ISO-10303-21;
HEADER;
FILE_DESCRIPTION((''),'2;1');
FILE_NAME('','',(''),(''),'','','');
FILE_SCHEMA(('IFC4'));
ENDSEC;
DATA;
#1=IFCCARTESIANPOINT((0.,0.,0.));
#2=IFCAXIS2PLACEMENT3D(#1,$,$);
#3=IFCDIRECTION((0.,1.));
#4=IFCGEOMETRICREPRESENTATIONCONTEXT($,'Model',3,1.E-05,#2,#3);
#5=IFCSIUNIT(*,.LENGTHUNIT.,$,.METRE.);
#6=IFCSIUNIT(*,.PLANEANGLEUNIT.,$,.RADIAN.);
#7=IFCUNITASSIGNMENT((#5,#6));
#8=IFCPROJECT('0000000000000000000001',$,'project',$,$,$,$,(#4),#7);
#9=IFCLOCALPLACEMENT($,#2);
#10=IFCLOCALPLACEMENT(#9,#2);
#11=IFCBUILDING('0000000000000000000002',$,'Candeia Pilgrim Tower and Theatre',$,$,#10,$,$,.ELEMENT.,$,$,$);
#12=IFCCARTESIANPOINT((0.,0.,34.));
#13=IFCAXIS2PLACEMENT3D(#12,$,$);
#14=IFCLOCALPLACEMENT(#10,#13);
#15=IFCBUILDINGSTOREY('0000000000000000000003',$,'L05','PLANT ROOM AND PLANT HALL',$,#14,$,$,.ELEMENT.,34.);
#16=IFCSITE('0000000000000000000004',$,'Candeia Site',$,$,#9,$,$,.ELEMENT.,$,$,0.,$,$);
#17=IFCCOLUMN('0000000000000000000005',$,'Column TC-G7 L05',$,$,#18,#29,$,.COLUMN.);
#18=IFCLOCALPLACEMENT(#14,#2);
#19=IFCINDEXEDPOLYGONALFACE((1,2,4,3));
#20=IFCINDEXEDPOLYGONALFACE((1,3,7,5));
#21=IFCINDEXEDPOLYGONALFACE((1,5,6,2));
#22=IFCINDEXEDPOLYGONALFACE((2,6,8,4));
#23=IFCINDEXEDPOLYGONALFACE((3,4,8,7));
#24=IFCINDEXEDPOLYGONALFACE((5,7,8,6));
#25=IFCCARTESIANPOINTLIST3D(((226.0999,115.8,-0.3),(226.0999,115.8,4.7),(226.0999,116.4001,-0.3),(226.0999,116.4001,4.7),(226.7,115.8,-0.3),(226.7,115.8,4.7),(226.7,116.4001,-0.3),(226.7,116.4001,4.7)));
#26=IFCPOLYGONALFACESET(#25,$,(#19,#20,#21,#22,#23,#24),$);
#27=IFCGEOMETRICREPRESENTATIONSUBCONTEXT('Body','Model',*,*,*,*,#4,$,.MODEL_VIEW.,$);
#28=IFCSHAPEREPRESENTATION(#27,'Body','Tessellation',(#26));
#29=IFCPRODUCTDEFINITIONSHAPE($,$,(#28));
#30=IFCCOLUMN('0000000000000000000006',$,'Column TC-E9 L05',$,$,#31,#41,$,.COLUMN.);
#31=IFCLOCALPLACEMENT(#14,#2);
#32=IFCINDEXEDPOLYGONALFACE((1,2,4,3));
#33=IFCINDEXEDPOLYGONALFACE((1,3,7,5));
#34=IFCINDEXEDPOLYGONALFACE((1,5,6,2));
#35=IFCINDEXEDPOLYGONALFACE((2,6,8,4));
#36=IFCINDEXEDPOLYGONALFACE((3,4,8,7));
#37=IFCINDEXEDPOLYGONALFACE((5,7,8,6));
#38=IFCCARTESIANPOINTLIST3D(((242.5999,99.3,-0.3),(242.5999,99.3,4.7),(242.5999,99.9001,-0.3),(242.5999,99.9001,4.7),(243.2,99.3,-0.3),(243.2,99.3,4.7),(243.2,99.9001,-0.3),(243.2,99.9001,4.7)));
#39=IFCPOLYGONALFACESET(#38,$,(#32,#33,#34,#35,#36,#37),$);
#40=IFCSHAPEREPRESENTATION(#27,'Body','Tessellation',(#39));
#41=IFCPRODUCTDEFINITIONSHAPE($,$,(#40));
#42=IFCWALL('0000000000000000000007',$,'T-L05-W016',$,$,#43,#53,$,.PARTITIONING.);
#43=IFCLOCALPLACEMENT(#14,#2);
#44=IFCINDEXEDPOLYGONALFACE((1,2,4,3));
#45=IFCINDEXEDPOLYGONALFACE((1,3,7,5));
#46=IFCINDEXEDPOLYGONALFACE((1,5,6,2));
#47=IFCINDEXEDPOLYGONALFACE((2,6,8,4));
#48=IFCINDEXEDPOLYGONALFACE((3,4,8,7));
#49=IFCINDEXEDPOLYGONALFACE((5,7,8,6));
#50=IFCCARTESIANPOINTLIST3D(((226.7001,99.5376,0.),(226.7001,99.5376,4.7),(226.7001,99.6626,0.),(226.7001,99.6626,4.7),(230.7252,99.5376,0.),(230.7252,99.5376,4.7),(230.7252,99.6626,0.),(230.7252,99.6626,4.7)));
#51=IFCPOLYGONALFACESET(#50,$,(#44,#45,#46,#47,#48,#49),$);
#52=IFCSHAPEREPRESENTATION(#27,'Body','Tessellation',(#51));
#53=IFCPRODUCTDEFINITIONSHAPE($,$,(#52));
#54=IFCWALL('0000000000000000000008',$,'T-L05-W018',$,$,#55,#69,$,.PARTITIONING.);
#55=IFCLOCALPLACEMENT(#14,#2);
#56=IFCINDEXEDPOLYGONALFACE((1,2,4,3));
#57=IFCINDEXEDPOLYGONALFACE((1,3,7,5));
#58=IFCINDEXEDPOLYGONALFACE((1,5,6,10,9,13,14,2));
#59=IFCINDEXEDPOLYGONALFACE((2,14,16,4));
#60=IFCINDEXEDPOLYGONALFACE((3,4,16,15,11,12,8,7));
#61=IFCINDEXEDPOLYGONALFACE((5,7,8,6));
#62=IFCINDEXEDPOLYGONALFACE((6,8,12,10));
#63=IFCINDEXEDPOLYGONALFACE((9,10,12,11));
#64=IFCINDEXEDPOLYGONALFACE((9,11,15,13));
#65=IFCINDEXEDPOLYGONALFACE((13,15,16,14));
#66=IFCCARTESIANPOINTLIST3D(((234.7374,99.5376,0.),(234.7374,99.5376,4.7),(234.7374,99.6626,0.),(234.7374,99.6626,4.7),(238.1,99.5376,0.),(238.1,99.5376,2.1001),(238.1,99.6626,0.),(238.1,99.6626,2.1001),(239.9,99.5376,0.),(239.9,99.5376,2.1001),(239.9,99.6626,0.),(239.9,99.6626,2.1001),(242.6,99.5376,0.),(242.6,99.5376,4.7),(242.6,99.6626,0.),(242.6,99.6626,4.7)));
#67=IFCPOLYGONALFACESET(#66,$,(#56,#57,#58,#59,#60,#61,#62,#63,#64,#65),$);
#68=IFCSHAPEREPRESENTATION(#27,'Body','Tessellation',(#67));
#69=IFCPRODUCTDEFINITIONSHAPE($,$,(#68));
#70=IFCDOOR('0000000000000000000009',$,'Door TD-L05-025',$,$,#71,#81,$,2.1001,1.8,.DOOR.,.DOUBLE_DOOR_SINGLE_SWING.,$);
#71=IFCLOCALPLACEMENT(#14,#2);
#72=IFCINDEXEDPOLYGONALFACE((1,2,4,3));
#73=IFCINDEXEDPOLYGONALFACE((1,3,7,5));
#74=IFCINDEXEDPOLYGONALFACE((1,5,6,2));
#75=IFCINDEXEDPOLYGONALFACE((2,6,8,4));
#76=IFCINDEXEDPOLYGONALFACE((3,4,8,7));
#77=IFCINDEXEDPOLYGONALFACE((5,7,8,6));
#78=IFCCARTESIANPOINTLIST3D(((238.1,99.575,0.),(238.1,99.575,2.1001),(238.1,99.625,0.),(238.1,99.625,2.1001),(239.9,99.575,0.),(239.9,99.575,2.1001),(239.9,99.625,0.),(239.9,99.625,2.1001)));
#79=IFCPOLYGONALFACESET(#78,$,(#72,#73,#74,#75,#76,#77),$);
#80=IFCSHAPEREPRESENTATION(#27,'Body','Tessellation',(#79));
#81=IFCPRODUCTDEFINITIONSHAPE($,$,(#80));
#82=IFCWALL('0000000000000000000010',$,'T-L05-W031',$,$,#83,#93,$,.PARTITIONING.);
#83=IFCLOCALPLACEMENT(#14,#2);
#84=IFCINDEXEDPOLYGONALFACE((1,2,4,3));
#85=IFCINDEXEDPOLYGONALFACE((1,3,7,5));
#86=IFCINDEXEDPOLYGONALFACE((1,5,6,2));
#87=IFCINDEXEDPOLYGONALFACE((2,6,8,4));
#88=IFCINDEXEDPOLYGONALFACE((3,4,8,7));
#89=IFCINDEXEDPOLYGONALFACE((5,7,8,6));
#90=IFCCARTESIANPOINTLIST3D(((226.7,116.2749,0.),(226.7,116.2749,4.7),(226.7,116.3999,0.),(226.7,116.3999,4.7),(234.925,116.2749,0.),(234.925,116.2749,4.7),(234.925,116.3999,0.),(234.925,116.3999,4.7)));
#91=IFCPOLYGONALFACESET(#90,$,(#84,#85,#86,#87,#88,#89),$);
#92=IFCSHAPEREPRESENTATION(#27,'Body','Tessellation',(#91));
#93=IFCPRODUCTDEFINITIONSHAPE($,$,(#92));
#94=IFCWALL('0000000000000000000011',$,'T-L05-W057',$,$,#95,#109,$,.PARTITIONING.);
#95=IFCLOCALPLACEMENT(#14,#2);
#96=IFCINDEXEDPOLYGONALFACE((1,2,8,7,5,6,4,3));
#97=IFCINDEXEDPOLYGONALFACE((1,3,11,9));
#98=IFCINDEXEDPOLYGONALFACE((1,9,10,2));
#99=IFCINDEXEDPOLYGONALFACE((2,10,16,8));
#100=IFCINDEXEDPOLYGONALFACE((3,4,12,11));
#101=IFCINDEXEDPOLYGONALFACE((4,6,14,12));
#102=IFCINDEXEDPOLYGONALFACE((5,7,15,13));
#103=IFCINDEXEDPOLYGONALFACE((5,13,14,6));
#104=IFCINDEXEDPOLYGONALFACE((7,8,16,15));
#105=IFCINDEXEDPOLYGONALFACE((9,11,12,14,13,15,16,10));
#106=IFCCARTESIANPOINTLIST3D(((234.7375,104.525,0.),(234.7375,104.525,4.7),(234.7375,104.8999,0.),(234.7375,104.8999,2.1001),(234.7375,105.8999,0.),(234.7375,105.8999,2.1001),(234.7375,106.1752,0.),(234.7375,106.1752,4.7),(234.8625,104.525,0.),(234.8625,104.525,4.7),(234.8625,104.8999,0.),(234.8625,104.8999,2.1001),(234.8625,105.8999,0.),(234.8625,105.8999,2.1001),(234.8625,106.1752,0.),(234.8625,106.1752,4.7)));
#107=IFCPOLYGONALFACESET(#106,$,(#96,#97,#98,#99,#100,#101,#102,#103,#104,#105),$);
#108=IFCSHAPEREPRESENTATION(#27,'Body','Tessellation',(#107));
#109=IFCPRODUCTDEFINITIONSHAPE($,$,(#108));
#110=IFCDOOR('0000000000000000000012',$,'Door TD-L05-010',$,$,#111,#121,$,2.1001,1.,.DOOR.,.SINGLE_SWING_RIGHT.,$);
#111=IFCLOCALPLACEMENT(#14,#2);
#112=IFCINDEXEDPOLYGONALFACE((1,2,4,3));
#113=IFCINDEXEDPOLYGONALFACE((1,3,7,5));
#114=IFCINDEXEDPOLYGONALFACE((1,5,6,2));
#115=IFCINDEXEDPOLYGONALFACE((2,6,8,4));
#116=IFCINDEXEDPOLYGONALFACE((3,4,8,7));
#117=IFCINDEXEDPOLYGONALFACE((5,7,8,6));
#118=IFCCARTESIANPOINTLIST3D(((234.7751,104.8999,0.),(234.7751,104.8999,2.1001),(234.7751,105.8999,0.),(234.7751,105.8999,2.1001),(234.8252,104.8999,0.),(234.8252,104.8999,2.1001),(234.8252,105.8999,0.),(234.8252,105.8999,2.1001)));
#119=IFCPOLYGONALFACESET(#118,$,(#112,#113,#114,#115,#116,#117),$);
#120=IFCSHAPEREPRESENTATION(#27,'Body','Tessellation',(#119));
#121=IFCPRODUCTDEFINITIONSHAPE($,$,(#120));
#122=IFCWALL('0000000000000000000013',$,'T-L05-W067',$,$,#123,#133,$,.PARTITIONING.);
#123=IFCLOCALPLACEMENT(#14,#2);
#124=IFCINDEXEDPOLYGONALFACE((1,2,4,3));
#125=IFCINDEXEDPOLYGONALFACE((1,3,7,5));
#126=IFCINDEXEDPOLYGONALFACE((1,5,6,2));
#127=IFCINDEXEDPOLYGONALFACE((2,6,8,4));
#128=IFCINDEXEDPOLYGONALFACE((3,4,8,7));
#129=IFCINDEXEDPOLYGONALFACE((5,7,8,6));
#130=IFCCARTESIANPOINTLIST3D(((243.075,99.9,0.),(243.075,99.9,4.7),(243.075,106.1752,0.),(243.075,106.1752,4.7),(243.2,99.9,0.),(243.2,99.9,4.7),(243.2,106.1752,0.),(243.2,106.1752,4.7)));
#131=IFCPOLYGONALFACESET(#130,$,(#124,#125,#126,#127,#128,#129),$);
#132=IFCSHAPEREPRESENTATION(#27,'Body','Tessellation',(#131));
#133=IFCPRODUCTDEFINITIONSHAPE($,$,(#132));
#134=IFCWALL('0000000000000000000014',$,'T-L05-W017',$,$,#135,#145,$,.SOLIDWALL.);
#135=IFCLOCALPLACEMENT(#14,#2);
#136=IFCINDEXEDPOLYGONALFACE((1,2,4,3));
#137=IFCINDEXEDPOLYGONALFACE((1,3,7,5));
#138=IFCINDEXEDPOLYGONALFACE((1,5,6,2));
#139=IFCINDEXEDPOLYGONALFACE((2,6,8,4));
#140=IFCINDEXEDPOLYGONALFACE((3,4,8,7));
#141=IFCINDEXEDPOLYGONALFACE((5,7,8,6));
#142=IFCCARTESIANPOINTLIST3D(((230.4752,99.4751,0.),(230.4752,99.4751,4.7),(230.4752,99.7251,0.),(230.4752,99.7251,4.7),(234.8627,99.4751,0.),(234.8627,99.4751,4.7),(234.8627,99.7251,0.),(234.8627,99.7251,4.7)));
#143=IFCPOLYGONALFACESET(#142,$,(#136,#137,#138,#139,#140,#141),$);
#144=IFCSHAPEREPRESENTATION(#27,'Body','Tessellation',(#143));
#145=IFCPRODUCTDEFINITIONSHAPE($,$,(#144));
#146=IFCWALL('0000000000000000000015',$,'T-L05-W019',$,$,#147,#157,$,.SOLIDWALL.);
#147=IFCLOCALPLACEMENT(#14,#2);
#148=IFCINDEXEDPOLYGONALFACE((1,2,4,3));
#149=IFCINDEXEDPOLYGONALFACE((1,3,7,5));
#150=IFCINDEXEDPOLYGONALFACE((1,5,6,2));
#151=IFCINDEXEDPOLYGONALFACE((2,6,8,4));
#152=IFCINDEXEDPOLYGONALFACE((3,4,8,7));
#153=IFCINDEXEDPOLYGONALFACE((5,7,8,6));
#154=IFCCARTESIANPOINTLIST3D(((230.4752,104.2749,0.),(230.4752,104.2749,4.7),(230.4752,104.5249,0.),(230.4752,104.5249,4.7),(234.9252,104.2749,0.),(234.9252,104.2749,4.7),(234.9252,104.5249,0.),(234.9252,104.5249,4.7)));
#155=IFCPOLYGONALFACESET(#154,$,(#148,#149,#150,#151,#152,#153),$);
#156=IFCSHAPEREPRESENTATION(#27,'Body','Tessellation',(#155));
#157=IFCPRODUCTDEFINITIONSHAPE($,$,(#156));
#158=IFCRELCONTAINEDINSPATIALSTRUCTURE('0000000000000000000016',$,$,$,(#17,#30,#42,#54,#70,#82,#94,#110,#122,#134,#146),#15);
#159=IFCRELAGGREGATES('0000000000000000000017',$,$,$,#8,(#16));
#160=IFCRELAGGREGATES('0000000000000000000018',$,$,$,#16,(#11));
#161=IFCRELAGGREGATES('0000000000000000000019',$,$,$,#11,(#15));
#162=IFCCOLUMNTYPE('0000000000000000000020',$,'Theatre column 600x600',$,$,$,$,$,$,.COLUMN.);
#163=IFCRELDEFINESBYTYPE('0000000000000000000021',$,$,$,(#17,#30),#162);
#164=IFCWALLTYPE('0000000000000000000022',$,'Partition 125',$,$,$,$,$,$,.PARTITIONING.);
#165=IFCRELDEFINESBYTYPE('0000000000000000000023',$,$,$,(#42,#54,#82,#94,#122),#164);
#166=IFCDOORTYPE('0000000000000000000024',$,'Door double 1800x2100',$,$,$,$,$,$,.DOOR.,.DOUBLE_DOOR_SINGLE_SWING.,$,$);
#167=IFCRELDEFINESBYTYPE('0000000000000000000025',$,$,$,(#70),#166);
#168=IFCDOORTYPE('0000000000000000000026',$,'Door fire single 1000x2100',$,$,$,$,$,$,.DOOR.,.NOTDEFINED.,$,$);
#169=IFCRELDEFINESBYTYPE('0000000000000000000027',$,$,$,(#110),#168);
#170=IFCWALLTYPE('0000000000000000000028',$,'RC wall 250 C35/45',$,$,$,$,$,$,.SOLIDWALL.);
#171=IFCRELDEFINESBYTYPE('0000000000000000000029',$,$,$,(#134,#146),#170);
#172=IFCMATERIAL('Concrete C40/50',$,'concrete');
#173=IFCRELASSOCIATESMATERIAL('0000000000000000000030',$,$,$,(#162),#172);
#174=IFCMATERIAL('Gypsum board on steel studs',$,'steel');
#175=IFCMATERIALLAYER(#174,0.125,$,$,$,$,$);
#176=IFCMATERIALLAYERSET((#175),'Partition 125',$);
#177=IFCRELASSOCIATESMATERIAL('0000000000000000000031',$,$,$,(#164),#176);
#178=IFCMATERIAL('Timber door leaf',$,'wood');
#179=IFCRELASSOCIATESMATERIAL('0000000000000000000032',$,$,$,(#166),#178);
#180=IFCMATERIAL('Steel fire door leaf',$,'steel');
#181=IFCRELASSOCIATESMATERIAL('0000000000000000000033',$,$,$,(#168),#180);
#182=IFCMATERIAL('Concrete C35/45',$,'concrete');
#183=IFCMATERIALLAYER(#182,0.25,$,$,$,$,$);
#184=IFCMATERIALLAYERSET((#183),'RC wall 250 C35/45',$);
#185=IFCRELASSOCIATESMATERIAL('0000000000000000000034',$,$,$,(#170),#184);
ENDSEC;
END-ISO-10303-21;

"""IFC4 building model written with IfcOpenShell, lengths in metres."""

from ifc_helpers import new_model, si_unit, direction, frame, frame_2d, origin, origin_2d, place, context, subcontext, project, spatial, rectangle, extrude, material, layer, layer_set, material_profile, profile_set, type_object, element, fill, save


model = new_model("IFC4")

# Units and contexts
model_context = context("Model", 3, precision=1e-05, world=origin(), true_north=direction((0.0, 1.0)))
body_context = subcontext(model_context, "Body", "Model", "MODEL_VIEW")
ifc_project = project(units=[si_unit("LENGTHUNIT", "METRE"), si_unit("PLANEANGLEUNIT", "RADIAN")], contexts=[model_context])

# Site, building, storey
site_placement = place(None, origin())
site = spatial("IfcSite", under=ifc_project, at=site_placement, Name="Candeia Site", CompositionType="ELEMENT", RefElevation=0.0)
building_placement = place(site_placement, origin())
building = spatial("IfcBuilding", under=site, at=building_placement, Name="Candeia Pilgrim Tower and Theatre", CompositionType="ELEMENT")
storey_placement = place(building_placement, frame((0.0, 0.0, 34.0)))
storey = spatial("IfcBuildingStorey", under=building, at=storey_placement, Name="L05", Description="PLANT ROOM AND PLANT HALL", CompositionType="ELEMENT", Elevation=34.0)

# Columns
ifc_material_1 = material(Name="Concrete C40/50", Category="concrete")
ifc_material_profile = material_profile(ifc_material_1, rectangle(XDim=0.6001, YDim=0.6001, at=origin_2d()))
ifc_profile_set = profile_set([ifc_material_profile], Name="Concrete C40/50")
column_type = type_object("IfcColumnType", Name="Theatre column 600x600", PredefinedType="COLUMN", material=ifc_profile_set)
for number, where, z_axis, x_axis, name in (
    (1, (226.3999, 116.1001, -0.3), (0.0, 0.0, 1.0), (1.0, 0.0, 0.0), "Column TC-G7 L05"),
    (2, (242.8999, 99.6001, -0.3), (0.0, 0.0, 1.0), (1.0, 0.0, 0.0), "Column TC-E9 L05"),
):
    element("IfcColumn", number, at=place(storey_placement, frame(where, z_axis=z_axis, x_axis=x_axis)), inside=storey, type_object=column_type, Name=name, PredefinedType="COLUMN", context=body_context, shape_type="SweptSolid", body=[
        extrude(rectangle(XDim=0.6001, YDim=0.6001, at=origin_2d()), origin(), (0.0, 0.0, 1.0), 5.0),
    ])

# Wall
ifc_material_2 = material(Name="Gypsum board on steel studs", Category="steel")
ifc_layer_1 = layer(ifc_material_2, 0.125)
ifc_layer_set_1 = layer_set([ifc_layer_1], Name="Partition 125")
wall_type_1 = type_object("IfcWallType", Name="Partition 125", PredefinedType="PARTITIONING", material=ifc_layer_set_1)
wall_1_placement = place(storey_placement, frame((226.7, 99.6001, 0.0), z_axis=(0.0, 0.0, 1.0), x_axis=(1.0, 0.0, 0.0)))
element("IfcWall", 3, at=wall_1_placement, inside=storey, type_object=wall_type_1, Name="T-L05-W016", PredefinedType="PARTITIONING", context=body_context, shape_type="SweptSolid", body=[
    extrude(rectangle(XDim=4.0251, YDim=0.125, at=frame_2d((2.0127, 0.0))), origin(), (0.0, 0.0, 1.0), 4.7),
])

# Wall, opening, door
wall_2_placement = place(storey_placement, frame((234.7375, 99.6001, 0.0), z_axis=(0.0, 0.0, 1.0), x_axis=(1.0, 0.0, 0.0)))
wall_2 = element("IfcWall", 4, at=wall_2_placement, inside=storey, type_object=wall_type_1, Name="T-L05-W018", PredefinedType="PARTITIONING", context=body_context, shape_type="SweptSolid", body=[
    extrude(rectangle(XDim=7.8625, YDim=0.125, at=frame_2d((3.9312, 0.0))), origin(), (0.0, 0.0, 1.0), 4.7),
])
opening_1_placement = place(wall_2_placement, frame((3.3625, 0.0, 0.0)))
opening_1 = element("IfcOpeningElement", 5, at=opening_1_placement, cuts=wall_2, PredefinedType="OPENING", context=body_context, shape_type="SweptSolid", body=[
    extrude(rectangle(XDim=1.8, YDim=2.1001, at=frame_2d((0.8999, 1.05))), frame((0.0, 0.0725, 0.0), z_axis=(0.0, -1.0, 0.0), x_axis=(1.0, 0.0, 0.0)), (0.0, 0.0, 1.0), 0.145),
])
ifc_material_3 = material(Name="Timber door leaf", Category="wood")
door_type_1 = type_object("IfcDoorType", Name="Door double 1800x2100", OperationType="DOUBLE_DOOR_SINGLE_SWING", PredefinedType="DOOR", material=ifc_material_3)
door_1_placement = place(opening_1_placement, origin())
door_1 = element("IfcDoor", 6, at=door_1_placement, inside=storey, type_object=door_type_1, Name="Door TD-L05-025", OperationType="DOUBLE_DOOR_SINGLE_SWING", OverallHeight=2.1001, OverallWidth=1.8, PredefinedType="DOOR", context=body_context, shape_type="SweptSolid", body=[
    extrude(rectangle(XDim=1.8, YDim=2.1001, at=frame_2d((0.8999, 1.05))), frame((0.0, 0.0249, 0.0), z_axis=(0.0, -1.0, 0.0), x_axis=(1.0, 0.0, 0.0)), (0.0, 0.0, 1.0), 0.05),
])
fill(opening_1, door_1)

# Wall
wall_3_placement = place(storey_placement, frame((226.7, 116.3374, 0.0), z_axis=(0.0, 0.0, 1.0), x_axis=(1.0, 0.0, 0.0)))
element("IfcWall", 7, at=wall_3_placement, inside=storey, type_object=wall_type_1, Name="T-L05-W031", PredefinedType="PARTITIONING", context=body_context, shape_type="SweptSolid", body=[
    extrude(rectangle(XDim=8.2251, YDim=0.125, at=frame_2d((4.1125, 0.0))), origin(), (0.0, 0.0, 1.0), 4.7),
])

# Wall, opening, door
wall_4_placement = place(storey_placement, frame((234.8, 104.5249, 0.0), z_axis=(0.0, 0.0, 1.0), x_axis=(0.0, 1.0, 0.0)))
wall_4 = element("IfcWall", 8, at=wall_4_placement, inside=storey, type_object=wall_type_1, Name="T-L05-W057", PredefinedType="PARTITIONING", context=body_context, shape_type="SweptSolid", body=[
    extrude(rectangle(XDim=1.6501, YDim=0.125, at=frame_2d((0.8252, 0.0))), origin(), (0.0, 0.0, 1.0), 4.7),
])
opening_2_placement = place(wall_4_placement, frame((0.375, 0.0, 0.0)))
opening_2 = element("IfcOpeningElement", 9, at=opening_2_placement, cuts=wall_4, PredefinedType="OPENING", context=body_context, shape_type="SweptSolid", body=[
    extrude(rectangle(XDim=1.0, YDim=2.1001, at=frame_2d((0.5, 1.05))), frame((0.0, 0.0725, 0.0), z_axis=(0.0, -1.0, 0.0), x_axis=(1.0, 0.0, 0.0)), (0.0, 0.0, 1.0), 0.145),
])
ifc_material_4 = material(Name="Steel fire door leaf", Category="steel")
door_type_2 = type_object("IfcDoorType", Name="Door fire single 1000x2100", OperationType="NOTDEFINED", PredefinedType="DOOR", material=ifc_material_4)
door_2_placement = place(opening_2_placement, origin())
door_2 = element("IfcDoor", 10, at=door_2_placement, inside=storey, type_object=door_type_2, Name="Door TD-L05-010", OperationType="SINGLE_SWING_RIGHT", OverallHeight=2.1001, OverallWidth=1.0, PredefinedType="DOOR", context=body_context, shape_type="SweptSolid", body=[
    extrude(rectangle(XDim=1.0, YDim=2.1001, at=frame_2d((0.5, 1.05))), frame((0.0, 0.0249, 0.0), z_axis=(0.0, -1.0, 0.0), x_axis=(1.0, 0.0, 0.0)), (0.0, 0.0, 1.0), 0.05),
])
fill(opening_2, door_2)

# Walls
wall_5_placement = place(storey_placement, frame((243.1375, 99.8999, 0.0), z_axis=(0.0, 0.0, 1.0), x_axis=(0.0, 1.0, 0.0)))
element("IfcWall", 11, at=wall_5_placement, inside=storey, type_object=wall_type_1, Name="T-L05-W067", PredefinedType="PARTITIONING", context=body_context, shape_type="SweptSolid", body=[
    extrude(rectangle(XDim=6.2751, YDim=0.125, at=frame_2d((3.1377, 0.0))), origin(), (0.0, 0.0, 1.0), 4.7),
])
ifc_material_5 = material(Name="Concrete C35/45", Category="concrete")
ifc_layer_2 = layer(ifc_material_5, 0.25)
ifc_layer_set_2 = layer_set([ifc_layer_2], Name="RC wall 250 C35/45")
wall_type_2 = type_object("IfcWallType", Name="RC wall 250 C35/45", PredefinedType="SOLIDWALL", material=ifc_layer_set_2)
wall_6_placement = place(storey_placement, frame((230.4751, 99.6001, 0.0), z_axis=(0.0, 0.0, 1.0), x_axis=(1.0, 0.0, 0.0)))
element("IfcWall", 12, at=wall_6_placement, inside=storey, type_object=wall_type_2, Name="T-L05-W017", PredefinedType="SOLIDWALL", context=body_context, shape_type="SweptSolid", body=[
    extrude(rectangle(XDim=4.3875, YDim=0.25, at=frame_2d((2.1938, 0.0))), origin(), (0.0, 0.0, 1.0), 4.7),
])
wall_7_placement = place(storey_placement, frame((230.4751, 104.3999, 0.0), z_axis=(0.0, 0.0, 1.0), x_axis=(1.0, 0.0, 0.0)))
element("IfcWall", 13, at=wall_7_placement, inside=storey, type_object=wall_type_2, Name="T-L05-W019", PredefinedType="SOLIDWALL", context=body_context, shape_type="SweptSolid", body=[
    extrude(rectangle(XDim=4.45, YDim=0.25, at=frame_2d((2.2251, 0.0))), origin(), (0.0, 0.0, 1.0), 4.7),
])

save(model, "model.ifc")
